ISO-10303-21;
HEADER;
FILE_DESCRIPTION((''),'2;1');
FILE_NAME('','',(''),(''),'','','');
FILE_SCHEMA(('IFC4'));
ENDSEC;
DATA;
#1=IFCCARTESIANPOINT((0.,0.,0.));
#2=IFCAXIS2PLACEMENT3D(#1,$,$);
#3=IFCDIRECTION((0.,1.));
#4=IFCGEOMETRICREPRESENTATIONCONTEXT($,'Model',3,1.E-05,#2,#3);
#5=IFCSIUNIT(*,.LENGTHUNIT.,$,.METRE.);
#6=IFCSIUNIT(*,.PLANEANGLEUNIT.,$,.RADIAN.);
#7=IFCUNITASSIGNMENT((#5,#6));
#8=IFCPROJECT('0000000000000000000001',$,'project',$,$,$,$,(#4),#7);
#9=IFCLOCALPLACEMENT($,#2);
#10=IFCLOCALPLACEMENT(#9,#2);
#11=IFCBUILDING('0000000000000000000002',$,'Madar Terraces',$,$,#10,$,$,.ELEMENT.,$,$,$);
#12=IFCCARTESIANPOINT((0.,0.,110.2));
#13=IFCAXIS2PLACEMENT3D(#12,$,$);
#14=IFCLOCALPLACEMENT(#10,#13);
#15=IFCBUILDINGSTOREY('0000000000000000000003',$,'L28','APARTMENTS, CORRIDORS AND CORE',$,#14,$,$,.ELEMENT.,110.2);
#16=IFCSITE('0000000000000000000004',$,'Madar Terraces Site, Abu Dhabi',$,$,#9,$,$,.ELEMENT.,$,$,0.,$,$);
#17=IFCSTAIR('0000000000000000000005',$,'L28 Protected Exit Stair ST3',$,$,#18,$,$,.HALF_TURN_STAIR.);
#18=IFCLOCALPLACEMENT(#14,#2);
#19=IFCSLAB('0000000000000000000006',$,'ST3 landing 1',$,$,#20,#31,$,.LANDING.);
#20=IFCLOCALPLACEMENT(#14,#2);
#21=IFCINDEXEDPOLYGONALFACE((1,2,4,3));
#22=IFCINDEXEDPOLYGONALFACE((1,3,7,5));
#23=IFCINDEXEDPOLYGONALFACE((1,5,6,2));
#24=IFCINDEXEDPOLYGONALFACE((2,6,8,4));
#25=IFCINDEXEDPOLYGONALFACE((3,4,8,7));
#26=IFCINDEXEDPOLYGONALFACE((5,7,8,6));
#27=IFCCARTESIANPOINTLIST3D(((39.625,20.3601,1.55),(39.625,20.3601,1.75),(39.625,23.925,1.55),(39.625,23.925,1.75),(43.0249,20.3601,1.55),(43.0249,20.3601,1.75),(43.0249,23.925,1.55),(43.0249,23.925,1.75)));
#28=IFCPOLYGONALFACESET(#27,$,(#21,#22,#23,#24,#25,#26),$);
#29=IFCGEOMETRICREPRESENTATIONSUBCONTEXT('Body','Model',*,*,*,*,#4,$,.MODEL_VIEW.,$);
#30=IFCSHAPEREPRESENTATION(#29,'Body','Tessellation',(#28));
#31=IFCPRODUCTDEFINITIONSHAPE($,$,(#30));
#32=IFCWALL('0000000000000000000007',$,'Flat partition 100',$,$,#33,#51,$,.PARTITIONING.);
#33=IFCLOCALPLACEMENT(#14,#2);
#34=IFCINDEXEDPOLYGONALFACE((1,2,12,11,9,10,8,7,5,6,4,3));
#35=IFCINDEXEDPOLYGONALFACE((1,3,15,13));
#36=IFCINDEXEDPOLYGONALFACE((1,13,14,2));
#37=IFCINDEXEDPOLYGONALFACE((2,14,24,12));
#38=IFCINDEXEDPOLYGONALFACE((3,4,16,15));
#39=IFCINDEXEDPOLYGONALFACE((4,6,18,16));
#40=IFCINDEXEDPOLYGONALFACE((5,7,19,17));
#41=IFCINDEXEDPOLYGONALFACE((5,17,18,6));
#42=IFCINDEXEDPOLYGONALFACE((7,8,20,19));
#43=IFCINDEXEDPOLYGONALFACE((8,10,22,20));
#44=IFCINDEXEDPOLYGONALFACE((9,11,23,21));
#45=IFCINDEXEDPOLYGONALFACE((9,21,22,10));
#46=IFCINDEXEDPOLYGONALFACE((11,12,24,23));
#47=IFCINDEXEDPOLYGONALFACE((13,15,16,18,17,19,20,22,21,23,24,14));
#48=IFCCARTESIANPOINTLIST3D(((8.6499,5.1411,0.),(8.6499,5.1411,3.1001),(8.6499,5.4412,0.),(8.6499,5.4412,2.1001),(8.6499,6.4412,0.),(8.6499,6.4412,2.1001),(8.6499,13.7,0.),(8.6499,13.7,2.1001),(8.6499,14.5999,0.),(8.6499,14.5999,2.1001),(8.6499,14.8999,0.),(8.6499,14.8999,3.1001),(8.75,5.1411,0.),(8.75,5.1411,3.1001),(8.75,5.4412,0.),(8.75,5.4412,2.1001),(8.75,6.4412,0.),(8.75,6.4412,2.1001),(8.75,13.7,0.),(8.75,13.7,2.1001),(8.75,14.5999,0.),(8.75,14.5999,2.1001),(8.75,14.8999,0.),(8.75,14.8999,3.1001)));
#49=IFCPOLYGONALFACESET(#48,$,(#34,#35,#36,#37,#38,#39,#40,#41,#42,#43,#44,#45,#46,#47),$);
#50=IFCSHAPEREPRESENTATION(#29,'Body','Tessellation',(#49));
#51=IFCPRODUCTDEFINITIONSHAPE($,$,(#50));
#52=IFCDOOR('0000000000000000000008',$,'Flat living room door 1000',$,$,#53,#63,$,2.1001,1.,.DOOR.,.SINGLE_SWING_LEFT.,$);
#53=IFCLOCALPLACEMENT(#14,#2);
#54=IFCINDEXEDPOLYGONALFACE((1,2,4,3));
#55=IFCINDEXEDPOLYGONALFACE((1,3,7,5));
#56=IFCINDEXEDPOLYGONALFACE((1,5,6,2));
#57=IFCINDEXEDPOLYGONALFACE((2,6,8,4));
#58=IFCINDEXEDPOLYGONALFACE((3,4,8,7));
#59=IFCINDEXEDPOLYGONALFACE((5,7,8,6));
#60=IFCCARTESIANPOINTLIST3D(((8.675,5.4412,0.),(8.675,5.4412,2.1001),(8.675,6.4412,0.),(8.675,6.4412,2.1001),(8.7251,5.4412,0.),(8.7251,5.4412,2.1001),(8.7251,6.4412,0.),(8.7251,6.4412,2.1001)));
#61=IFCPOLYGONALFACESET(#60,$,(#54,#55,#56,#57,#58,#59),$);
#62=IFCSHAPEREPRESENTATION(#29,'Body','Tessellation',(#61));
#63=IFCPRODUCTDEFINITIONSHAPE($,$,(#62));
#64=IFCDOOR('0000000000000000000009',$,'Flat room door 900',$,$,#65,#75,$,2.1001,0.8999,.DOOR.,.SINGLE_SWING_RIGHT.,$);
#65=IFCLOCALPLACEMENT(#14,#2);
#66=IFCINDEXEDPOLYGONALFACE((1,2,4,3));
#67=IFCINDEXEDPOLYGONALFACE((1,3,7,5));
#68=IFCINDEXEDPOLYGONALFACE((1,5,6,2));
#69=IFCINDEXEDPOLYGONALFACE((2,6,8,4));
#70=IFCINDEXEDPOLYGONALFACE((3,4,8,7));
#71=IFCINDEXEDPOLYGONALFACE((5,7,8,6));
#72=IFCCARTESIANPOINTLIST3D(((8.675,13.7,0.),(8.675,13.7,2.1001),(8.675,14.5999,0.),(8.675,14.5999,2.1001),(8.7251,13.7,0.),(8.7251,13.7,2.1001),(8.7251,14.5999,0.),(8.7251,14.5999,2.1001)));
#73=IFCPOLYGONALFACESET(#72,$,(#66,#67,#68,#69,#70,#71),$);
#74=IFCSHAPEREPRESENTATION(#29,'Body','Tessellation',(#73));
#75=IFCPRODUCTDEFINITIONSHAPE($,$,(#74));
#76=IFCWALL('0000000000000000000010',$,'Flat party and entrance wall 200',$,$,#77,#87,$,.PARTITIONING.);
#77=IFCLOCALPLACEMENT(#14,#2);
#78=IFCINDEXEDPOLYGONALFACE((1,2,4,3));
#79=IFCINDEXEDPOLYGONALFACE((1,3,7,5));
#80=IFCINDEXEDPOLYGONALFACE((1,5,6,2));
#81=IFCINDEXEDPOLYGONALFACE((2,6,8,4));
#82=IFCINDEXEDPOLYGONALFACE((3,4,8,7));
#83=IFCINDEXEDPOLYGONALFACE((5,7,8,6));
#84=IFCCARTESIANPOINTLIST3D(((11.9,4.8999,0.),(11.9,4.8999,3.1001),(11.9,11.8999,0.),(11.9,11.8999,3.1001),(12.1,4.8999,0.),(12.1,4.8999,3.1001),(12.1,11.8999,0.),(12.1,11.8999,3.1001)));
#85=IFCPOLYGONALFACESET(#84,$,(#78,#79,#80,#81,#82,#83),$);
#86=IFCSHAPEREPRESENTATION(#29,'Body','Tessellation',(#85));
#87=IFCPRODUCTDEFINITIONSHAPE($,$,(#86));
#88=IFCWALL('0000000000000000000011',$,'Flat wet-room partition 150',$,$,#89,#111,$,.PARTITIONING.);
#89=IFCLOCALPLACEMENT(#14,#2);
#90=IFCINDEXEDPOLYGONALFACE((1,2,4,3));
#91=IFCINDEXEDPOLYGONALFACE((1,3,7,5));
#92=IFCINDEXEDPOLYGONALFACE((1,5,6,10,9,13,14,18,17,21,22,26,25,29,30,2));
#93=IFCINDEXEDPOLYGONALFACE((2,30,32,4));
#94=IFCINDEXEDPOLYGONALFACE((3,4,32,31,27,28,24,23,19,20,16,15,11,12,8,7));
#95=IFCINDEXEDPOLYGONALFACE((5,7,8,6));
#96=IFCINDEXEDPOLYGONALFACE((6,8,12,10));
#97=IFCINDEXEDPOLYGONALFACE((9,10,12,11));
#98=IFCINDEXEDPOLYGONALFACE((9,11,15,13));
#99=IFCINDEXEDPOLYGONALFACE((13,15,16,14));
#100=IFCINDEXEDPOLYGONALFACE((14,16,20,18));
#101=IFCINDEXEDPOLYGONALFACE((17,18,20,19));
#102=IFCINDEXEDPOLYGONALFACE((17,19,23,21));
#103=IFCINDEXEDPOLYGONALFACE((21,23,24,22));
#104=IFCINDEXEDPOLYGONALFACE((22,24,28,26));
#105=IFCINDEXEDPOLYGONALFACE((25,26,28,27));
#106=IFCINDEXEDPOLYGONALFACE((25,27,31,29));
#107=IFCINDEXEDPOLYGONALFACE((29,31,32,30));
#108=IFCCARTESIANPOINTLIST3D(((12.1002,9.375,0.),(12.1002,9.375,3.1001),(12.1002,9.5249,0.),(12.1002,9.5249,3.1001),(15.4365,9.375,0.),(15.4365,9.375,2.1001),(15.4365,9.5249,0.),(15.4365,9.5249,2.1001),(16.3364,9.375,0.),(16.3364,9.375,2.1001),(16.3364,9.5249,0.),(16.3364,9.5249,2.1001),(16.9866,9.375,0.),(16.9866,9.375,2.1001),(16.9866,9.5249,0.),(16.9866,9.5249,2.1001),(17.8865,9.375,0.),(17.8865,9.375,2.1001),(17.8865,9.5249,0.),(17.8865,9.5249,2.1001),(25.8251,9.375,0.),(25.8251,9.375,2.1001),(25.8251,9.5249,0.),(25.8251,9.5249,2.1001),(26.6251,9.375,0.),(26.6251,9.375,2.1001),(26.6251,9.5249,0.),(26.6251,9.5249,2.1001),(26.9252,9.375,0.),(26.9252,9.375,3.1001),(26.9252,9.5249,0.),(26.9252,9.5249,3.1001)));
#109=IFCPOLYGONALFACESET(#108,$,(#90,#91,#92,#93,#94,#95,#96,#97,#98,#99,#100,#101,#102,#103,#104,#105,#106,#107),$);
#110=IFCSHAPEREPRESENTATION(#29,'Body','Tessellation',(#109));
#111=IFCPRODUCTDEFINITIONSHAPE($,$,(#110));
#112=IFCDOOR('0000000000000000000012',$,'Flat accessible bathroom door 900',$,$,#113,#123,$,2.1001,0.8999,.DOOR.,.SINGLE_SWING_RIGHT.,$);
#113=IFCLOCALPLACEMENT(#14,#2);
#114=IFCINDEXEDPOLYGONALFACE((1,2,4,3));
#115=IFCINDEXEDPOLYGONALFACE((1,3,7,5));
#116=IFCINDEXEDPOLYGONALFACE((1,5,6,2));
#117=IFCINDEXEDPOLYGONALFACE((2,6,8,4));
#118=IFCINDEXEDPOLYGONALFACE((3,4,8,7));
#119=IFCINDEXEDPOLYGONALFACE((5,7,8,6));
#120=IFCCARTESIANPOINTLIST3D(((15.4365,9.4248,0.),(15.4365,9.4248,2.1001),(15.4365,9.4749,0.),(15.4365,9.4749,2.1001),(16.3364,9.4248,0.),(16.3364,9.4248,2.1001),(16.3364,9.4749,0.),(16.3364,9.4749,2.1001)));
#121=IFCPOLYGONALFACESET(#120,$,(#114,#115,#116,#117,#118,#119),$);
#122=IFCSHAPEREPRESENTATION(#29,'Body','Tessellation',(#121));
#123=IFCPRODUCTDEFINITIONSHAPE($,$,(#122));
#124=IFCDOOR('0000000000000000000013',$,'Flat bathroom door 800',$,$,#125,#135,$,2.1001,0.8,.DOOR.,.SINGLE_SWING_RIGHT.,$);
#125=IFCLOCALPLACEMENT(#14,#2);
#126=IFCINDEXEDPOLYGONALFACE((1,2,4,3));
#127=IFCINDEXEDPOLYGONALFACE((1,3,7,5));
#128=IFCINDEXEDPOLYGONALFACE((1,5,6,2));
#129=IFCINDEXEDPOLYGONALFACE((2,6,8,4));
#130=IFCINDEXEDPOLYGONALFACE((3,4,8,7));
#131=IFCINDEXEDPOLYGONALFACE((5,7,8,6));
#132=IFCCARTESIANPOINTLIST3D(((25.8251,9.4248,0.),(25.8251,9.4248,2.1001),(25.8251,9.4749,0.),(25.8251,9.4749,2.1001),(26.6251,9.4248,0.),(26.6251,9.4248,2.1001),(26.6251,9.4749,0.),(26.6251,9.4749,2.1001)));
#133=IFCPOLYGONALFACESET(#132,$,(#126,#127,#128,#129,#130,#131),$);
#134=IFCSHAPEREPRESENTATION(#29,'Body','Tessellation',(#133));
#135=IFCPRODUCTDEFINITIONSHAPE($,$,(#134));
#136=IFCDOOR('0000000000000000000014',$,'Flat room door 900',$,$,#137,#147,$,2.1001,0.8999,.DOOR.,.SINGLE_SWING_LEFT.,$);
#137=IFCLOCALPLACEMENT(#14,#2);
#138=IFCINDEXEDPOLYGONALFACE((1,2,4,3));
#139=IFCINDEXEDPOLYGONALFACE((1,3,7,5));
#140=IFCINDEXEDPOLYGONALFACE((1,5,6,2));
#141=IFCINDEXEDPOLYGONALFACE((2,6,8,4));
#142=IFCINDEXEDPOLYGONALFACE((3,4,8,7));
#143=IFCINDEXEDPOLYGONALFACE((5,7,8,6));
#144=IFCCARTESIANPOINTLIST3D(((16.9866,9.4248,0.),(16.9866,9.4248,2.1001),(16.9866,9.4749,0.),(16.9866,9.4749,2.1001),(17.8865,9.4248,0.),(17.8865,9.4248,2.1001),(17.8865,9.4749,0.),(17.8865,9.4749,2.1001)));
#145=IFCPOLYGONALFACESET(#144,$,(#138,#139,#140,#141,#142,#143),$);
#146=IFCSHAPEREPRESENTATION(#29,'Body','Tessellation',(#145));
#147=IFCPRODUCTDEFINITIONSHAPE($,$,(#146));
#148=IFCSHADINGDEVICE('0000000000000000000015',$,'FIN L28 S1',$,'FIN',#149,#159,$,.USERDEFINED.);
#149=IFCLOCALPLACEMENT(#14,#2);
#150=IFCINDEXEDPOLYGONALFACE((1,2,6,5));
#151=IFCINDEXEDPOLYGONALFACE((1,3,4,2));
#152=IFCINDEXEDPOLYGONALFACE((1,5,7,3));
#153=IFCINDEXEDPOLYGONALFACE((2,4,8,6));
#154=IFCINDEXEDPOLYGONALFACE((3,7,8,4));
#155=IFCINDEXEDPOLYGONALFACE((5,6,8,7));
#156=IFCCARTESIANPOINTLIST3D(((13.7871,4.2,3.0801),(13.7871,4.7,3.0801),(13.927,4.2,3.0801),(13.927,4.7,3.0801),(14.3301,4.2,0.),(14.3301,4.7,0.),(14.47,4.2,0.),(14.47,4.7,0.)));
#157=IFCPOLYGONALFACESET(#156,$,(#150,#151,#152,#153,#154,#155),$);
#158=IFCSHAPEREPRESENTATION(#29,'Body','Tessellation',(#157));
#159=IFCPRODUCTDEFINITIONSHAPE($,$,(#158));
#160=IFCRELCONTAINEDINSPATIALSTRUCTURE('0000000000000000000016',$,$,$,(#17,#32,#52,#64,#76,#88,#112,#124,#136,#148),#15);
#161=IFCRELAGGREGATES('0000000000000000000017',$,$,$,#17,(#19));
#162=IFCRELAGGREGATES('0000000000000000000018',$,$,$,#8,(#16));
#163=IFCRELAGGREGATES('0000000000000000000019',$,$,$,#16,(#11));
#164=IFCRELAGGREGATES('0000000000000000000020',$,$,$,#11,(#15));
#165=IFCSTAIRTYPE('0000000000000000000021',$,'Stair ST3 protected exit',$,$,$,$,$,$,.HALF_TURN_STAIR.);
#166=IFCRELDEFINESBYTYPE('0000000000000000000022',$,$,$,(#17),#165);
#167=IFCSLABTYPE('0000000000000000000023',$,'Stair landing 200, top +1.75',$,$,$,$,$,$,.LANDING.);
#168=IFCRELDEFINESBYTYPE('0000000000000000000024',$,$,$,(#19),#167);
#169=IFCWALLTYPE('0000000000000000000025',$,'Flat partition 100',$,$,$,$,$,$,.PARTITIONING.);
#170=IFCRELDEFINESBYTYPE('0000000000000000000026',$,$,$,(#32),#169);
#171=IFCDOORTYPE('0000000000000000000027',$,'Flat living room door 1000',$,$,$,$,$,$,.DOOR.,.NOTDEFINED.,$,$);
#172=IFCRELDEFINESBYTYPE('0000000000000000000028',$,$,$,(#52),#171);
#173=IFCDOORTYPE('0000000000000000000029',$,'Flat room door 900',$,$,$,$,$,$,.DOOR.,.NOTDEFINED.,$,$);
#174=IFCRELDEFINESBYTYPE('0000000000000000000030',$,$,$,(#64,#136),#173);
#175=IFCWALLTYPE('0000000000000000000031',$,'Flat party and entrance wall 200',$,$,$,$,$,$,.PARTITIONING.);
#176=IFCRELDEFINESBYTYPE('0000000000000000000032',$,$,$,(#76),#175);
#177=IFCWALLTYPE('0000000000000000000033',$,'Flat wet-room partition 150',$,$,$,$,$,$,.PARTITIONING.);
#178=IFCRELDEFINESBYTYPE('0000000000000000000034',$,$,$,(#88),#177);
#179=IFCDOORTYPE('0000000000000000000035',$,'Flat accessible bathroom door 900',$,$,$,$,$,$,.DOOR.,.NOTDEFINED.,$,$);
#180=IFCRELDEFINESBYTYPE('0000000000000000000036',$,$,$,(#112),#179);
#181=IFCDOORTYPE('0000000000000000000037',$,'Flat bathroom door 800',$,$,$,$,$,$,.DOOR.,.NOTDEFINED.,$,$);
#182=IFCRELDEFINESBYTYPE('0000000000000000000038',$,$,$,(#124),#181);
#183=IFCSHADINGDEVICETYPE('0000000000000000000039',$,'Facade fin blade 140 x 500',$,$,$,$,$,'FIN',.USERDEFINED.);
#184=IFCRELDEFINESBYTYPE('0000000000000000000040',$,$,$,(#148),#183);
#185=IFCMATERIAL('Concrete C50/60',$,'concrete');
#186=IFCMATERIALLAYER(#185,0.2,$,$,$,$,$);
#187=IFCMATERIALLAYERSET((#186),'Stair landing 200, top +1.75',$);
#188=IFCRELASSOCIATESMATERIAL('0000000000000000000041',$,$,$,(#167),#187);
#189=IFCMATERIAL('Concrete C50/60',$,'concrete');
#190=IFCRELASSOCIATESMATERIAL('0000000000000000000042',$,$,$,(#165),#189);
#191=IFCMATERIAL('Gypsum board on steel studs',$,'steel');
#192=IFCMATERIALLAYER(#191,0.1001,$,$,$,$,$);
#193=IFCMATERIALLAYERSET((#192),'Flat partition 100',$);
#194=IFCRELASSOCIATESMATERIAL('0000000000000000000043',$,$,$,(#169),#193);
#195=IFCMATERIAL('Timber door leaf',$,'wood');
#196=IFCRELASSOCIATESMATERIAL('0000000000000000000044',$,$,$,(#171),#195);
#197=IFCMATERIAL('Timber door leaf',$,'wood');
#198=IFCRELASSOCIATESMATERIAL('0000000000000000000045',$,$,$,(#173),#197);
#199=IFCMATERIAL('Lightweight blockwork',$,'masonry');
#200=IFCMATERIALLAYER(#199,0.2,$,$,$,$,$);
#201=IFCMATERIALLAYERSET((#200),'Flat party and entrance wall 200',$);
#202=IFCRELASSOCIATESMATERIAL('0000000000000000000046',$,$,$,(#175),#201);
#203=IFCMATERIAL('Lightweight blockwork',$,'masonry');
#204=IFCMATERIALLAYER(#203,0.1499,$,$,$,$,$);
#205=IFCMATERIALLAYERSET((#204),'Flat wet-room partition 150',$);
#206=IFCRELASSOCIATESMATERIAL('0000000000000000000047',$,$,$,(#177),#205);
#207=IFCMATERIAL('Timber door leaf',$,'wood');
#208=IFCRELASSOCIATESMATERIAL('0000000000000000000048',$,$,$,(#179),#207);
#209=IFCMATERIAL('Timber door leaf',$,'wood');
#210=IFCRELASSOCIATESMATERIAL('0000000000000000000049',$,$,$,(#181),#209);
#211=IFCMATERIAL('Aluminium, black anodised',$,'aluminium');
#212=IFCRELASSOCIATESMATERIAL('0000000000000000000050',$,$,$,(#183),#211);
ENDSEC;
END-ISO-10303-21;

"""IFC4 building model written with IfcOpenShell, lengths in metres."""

from ifc_helpers import new_model, si_unit, direction, frame, frame_2d, origin, place, context, subcontext, project, spatial, polyline, rectangle, outline, extrude, material, layer, layer_set, type_object, element, fill, aggregate, save


model = new_model("IFC4")

# Units and contexts
model_context = context("Model", 3, precision=1e-05, world=origin(), true_north=direction((0.0, 1.0)))
body_context = subcontext(model_context, "Body", "Model", "MODEL_VIEW")
ifc_project = project(units=[si_unit("LENGTHUNIT", "METRE"), si_unit("PLANEANGLEUNIT", "RADIAN")], contexts=[model_context])

# Site, building, storey
site_placement = place(None, origin())
site = spatial("IfcSite", under=ifc_project, at=site_placement, Name="Madar Terraces Site, Abu Dhabi", CompositionType="ELEMENT", RefElevation=0.0)
building_placement = place(site_placement, origin())
building = spatial("IfcBuilding", under=site, at=building_placement, Name="Madar Terraces", CompositionType="ELEMENT")
storey_placement = place(building_placement, frame((0.0, 0.0, 110.2)))
storey = spatial("IfcBuildingStorey", under=building, at=storey_placement, Name="L28", Description="APARTMENTS, CORRIDORS AND CORE", CompositionType="ELEMENT", Elevation=110.2)

# Stair, slab
ifc_material_1 = material(Name="Concrete C50/60", Category="concrete")
ifc_layer_1 = layer(ifc_material_1, 0.2)
ifc_layer_set_1 = layer_set([ifc_layer_1], Name="Stair landing 200, top +1.75")
slab_type_1 = type_object("IfcSlabType", Name="Stair landing 200, top +1.75", PredefinedType="LANDING", material=ifc_layer_set_1)
ifc_material_2 = material(Name="Concrete C50/60", Category="concrete")
stair_type_1 = type_object("IfcStairType", Name="Stair ST3 protected exit", PredefinedType="HALF_TURN_STAIR", material=ifc_material_2)
stair_1_placement = place(storey_placement, origin())
stair_1 = element("IfcStair", 1, at=stair_1_placement, inside=storey, type_object=stair_type_1, Name="L28 Protected Exit Stair ST3", PredefinedType="HALF_TURN_STAIR")
slab_1_placement = place(storey_placement, frame((0.0, 0.0, 1.55)))
slab_1 = element("IfcSlab", 2, at=slab_1_placement, type_object=slab_type_1, Name="ST3 landing 1", PredefinedType="LANDING", context=body_context, shape_type="SweptSolid", body=[
    extrude(outline(polyline([(39.625, 20.3601), (43.0249, 20.3601), (43.0249, 23.925), (39.625, 23.925), (39.625, 20.3601)])), origin(), (0.0, 0.0, 1.0), 0.2),
])
aggregate(stair_1, [slab_1])

# Wall, openings, doors
ifc_material_3 = material(Name="Gypsum board on steel studs", Category="steel")
ifc_layer_2 = layer(ifc_material_3, 0.1001)
ifc_layer_set_2 = layer_set([ifc_layer_2], Name="Flat partition 100")
wall_type_1 = type_object("IfcWallType", Name="Flat partition 100", PredefinedType="PARTITIONING", material=ifc_layer_set_2)
wall_1_placement = place(storey_placement, frame((8.7, 5.1411, 0.0), z_axis=(0.0, 0.0, 1.0), x_axis=(0.0, 1.0, 0.0)))
wall_1 = element("IfcWall", 3, at=wall_1_placement, inside=storey, type_object=wall_type_1, Name="Flat partition 100", PredefinedType="PARTITIONING", context=body_context, shape_type="SweptSolid", body=[
    extrude(rectangle(XDim=9.7588, YDim=0.1001, at=frame_2d((4.8794, 0.0))), origin(), (0.0, 0.0, 1.0), 3.1001),
])
opening_1_placement = place(wall_1_placement, frame((8.5588, 0.0, 0.0)))
opening_1 = element("IfcOpeningElement", 4, at=opening_1_placement, cuts=wall_1, PredefinedType="OPENING", context=body_context, shape_type="SweptSolid", body=[
    extrude(rectangle(XDim=0.8999, YDim=2.1001, at=frame_2d((0.45, 1.05))), frame((0.0, 0.0601, 0.0), z_axis=(0.0, -1.0, 0.0), x_axis=(1.0, 0.0, 0.0)), (0.0, 0.0, 1.0), 0.1201),
])
opening_2_placement = place(wall_1_placement, frame((0.3, 0.0, 0.0)))
opening_2 = element("IfcOpeningElement", 5, at=opening_2_placement, cuts=wall_1, PredefinedType="OPENING", context=body_context, shape_type="SweptSolid", body=[
    extrude(rectangle(XDim=1.0, YDim=2.1001, at=frame_2d((0.5, 1.05))), frame((0.0, 0.0601, 0.0), z_axis=(0.0, -1.0, 0.0), x_axis=(1.0, 0.0, 0.0)), (0.0, 0.0, 1.0), 0.1201),
])
ifc_material_4 = material(Name="Timber door leaf", Category="wood")
door_type_1 = type_object("IfcDoorType", Name="Flat living room door 1000", OperationType="NOTDEFINED", PredefinedType="DOOR", material=ifc_material_4)
door_1_placement = place(opening_2_placement, origin())
door_1 = element("IfcDoor", 6, at=door_1_placement, inside=storey, type_object=door_type_1, Name="Flat living room door 1000", OperationType="SINGLE_SWING_LEFT", OverallHeight=2.1001, OverallWidth=1.0, PredefinedType="DOOR", context=body_context, shape_type="SweptSolid", body=[
    extrude(rectangle(XDim=1.0, YDim=2.1001, at=frame_2d((0.5, 1.05))), frame((0.0, 0.0249, 0.0), z_axis=(0.0, -1.0, 0.0), x_axis=(1.0, 0.0, 0.0)), (0.0, 0.0, 1.0), 0.05),
])
fill(opening_2, door_1)
ifc_material_5 = material(Name="Timber door leaf", Category="wood")
door_type_2 = type_object("IfcDoorType", Name="Flat room door 900", OperationType="NOTDEFINED", PredefinedType="DOOR", material=ifc_material_5)
door_2_placement = place(opening_1_placement, origin())
door_2 = element("IfcDoor", 7, at=door_2_placement, inside=storey, type_object=door_type_2, Name="Flat room door 900", OperationType="SINGLE_SWING_RIGHT", OverallHeight=2.1001, OverallWidth=0.8999, PredefinedType="DOOR", context=body_context, shape_type="SweptSolid", body=[
    extrude(rectangle(XDim=0.8999, YDim=2.1001, at=frame_2d((0.45, 1.05))), frame((0.0, 0.0249, 0.0), z_axis=(0.0, -1.0, 0.0), x_axis=(1.0, 0.0, 0.0)), (0.0, 0.0, 1.0), 0.05),
])
fill(opening_1, door_2)

# Wall
ifc_material_6 = material(Name="Lightweight blockwork", Category="masonry")
ifc_layer_3 = layer(ifc_material_6, 0.2)
ifc_layer_set_3 = layer_set([ifc_layer_3], Name="Flat party and entrance wall 200")
wall_type_2 = type_object("IfcWallType", Name="Flat party and entrance wall 200", PredefinedType="PARTITIONING", material=ifc_layer_set_3)
wall_2_placement = place(storey_placement, frame((12.0, 4.8999, 0.0), z_axis=(0.0, 0.0, 1.0), x_axis=(0.0, 1.0, 0.0)))
element("IfcWall", 8, at=wall_2_placement, inside=storey, type_object=wall_type_2, Name="Flat party and entrance wall 200", PredefinedType="PARTITIONING", context=body_context, shape_type="SweptSolid", body=[
    extrude(rectangle(XDim=7.0, YDim=0.2, at=frame_2d((3.5, 0.0))), origin(), (0.0, 0.0, 1.0), 3.1001),
])

# Wall, openings, doors
ifc_material_7 = material(Name="Lightweight blockwork", Category="masonry")
ifc_layer_4 = layer(ifc_material_7, 0.1499)
ifc_layer_set_4 = layer_set([ifc_layer_4], Name="Flat wet-room partition 150")
wall_type_3 = type_object("IfcWallType", Name="Flat wet-room partition 150", PredefinedType="PARTITIONING", material=ifc_layer_set_4)
wall_3_placement = place(storey_placement, frame((12.1001, 9.45, 0.0), z_axis=(0.0, 0.0, 1.0), x_axis=(1.0, 0.0, 0.0)))
wall_3 = element("IfcWall", 9, at=wall_3_placement, inside=storey, type_object=wall_type_3, Name="Flat wet-room partition 150", PredefinedType="PARTITIONING", context=body_context, shape_type="SweptSolid", body=[
    extrude(rectangle(XDim=14.825, YDim=0.1499, at=frame_2d((7.4126, 0.0))), origin(), (0.0, 0.0, 1.0), 3.1001),
])
opening_3_placement = place(wall_3_placement, frame((13.7251, 0.0, 0.0)))
opening_3 = element("IfcOpeningElement", 10, at=opening_3_placement, cuts=wall_3, PredefinedType="OPENING", context=body_context, shape_type="SweptSolid", body=[
    extrude(rectangle(XDim=0.8, YDim=2.1001, at=frame_2d((0.3999, 1.05))), frame((0.0, 0.085, 0.0), z_axis=(0.0, -1.0, 0.0), x_axis=(1.0, 0.0, 0.0)), (0.0, 0.0, 1.0), 0.1699),
])
opening_4_placement = place(wall_3_placement, frame((4.8865, 0.0, 0.0)))
opening_4 = element("IfcOpeningElement", 11, at=opening_4_placement, cuts=wall_3, PredefinedType="OPENING", context=body_context, shape_type="SweptSolid", body=[
    extrude(rectangle(XDim=0.8999, YDim=2.1001, at=frame_2d((0.45, 1.05))), frame((0.0, 0.085, 0.0), z_axis=(0.0, -1.0, 0.0), x_axis=(1.0, 0.0, 0.0)), (0.0, 0.0, 1.0), 0.1699),
])
opening_5_placement = place(wall_3_placement, frame((3.3364, 0.0, 0.0)))
opening_5 = element("IfcOpeningElement", 12, at=opening_5_placement, cuts=wall_3, PredefinedType="OPENING", context=body_context, shape_type="SweptSolid", body=[
    extrude(rectangle(XDim=0.8999, YDim=2.1001, at=frame_2d((0.45, 1.05))), frame((0.0, 0.085, 0.0), z_axis=(0.0, -1.0, 0.0), x_axis=(1.0, 0.0, 0.0)), (0.0, 0.0, 1.0), 0.1699),
])
ifc_material_8 = material(Name="Timber door leaf", Category="wood")
door_type_3 = type_object("IfcDoorType", Name="Flat accessible bathroom door 900", OperationType="NOTDEFINED", PredefinedType="DOOR", material=ifc_material_8)
door_3_placement = place(opening_5_placement, origin())
door_3 = element("IfcDoor", 13, at=door_3_placement, inside=storey, type_object=door_type_3, Name="Flat accessible bathroom door 900", OperationType="SINGLE_SWING_RIGHT", OverallHeight=2.1001, OverallWidth=0.8999, PredefinedType="DOOR", context=body_context, shape_type="SweptSolid", body=[
    extrude(rectangle(XDim=0.8999, YDim=2.1001, at=frame_2d((0.45, 1.05))), frame((0.0, 0.0249, 0.0), z_axis=(0.0, -1.0, 0.0), x_axis=(1.0, 0.0, 0.0)), (0.0, 0.0, 1.0), 0.05),
])
fill(opening_5, door_3)
ifc_material_9 = material(Name="Timber door leaf", Category="wood")
door_type_4 = type_object("IfcDoorType", Name="Flat bathroom door 800", OperationType="NOTDEFINED", PredefinedType="DOOR", material=ifc_material_9)
door_4_placement = place(opening_3_placement, origin())
door_4 = element("IfcDoor", 14, at=door_4_placement, inside=storey, type_object=door_type_4, Name="Flat bathroom door 800", OperationType="SINGLE_SWING_RIGHT", OverallHeight=2.1001, OverallWidth=0.8, PredefinedType="DOOR", context=body_context, shape_type="SweptSolid", body=[
    extrude(rectangle(XDim=0.8, YDim=2.1001, at=frame_2d((0.3999, 1.05))), frame((0.0, 0.0249, 0.0), z_axis=(0.0, -1.0, 0.0), x_axis=(1.0, 0.0, 0.0)), (0.0, 0.0, 1.0), 0.05),
])
fill(opening_3, door_4)
door_5_placement = place(opening_4_placement, origin())
door_5 = element("IfcDoor", 15, at=door_5_placement, inside=storey, type_object=door_type_2, Name="Flat room door 900", OperationType="SINGLE_SWING_LEFT", OverallHeight=2.1001, OverallWidth=0.8999, PredefinedType="DOOR", context=body_context, shape_type="SweptSolid", body=[
    extrude(rectangle(XDim=0.8999, YDim=2.1001, at=frame_2d((0.45, 1.05))), frame((0.0, 0.0249, 0.0), z_axis=(0.0, -1.0, 0.0), x_axis=(1.0, 0.0, 0.0)), (0.0, 0.0, 1.0), 0.05),
])
fill(opening_4, door_5)

# Shading device
ifc_material_10 = material(Name="Aluminium, black anodised", Category="aluminium")
shading_device_type = type_object("IfcShadingDeviceType", Name="Facade fin blade 140 x 500", ElementType="FIN", PredefinedType="USERDEFINED", material=ifc_material_10)
shading_device_1_placement = place(storey_placement, frame((14.3301, 4.45, 0.0), z_axis=(0.0, 0.0, 1.0), x_axis=(1.0, 0.0, 0.0)))
element("IfcShadingDevice", 16, at=shading_device_1_placement, inside=storey, type_object=shading_device_type, Name="FIN L28 S1", ObjectType="FIN", PredefinedType="USERDEFINED", context=body_context, shape_type="SweptSolid", body=[
    extrude(outline(polyline([(0.0, 0.0), (0.1399, 0.0), (-0.4031, 3.0801), (-0.543, 3.0801), (0.0, 0.0)])), frame((0.0, 0.25, 0.0), z_axis=(0.0, -1.0, 0.0), x_axis=(1.0, 0.0, 0.0)), (0.0, 0.0, 1.0), 0.5),
])

save(model, "model.ifc")
